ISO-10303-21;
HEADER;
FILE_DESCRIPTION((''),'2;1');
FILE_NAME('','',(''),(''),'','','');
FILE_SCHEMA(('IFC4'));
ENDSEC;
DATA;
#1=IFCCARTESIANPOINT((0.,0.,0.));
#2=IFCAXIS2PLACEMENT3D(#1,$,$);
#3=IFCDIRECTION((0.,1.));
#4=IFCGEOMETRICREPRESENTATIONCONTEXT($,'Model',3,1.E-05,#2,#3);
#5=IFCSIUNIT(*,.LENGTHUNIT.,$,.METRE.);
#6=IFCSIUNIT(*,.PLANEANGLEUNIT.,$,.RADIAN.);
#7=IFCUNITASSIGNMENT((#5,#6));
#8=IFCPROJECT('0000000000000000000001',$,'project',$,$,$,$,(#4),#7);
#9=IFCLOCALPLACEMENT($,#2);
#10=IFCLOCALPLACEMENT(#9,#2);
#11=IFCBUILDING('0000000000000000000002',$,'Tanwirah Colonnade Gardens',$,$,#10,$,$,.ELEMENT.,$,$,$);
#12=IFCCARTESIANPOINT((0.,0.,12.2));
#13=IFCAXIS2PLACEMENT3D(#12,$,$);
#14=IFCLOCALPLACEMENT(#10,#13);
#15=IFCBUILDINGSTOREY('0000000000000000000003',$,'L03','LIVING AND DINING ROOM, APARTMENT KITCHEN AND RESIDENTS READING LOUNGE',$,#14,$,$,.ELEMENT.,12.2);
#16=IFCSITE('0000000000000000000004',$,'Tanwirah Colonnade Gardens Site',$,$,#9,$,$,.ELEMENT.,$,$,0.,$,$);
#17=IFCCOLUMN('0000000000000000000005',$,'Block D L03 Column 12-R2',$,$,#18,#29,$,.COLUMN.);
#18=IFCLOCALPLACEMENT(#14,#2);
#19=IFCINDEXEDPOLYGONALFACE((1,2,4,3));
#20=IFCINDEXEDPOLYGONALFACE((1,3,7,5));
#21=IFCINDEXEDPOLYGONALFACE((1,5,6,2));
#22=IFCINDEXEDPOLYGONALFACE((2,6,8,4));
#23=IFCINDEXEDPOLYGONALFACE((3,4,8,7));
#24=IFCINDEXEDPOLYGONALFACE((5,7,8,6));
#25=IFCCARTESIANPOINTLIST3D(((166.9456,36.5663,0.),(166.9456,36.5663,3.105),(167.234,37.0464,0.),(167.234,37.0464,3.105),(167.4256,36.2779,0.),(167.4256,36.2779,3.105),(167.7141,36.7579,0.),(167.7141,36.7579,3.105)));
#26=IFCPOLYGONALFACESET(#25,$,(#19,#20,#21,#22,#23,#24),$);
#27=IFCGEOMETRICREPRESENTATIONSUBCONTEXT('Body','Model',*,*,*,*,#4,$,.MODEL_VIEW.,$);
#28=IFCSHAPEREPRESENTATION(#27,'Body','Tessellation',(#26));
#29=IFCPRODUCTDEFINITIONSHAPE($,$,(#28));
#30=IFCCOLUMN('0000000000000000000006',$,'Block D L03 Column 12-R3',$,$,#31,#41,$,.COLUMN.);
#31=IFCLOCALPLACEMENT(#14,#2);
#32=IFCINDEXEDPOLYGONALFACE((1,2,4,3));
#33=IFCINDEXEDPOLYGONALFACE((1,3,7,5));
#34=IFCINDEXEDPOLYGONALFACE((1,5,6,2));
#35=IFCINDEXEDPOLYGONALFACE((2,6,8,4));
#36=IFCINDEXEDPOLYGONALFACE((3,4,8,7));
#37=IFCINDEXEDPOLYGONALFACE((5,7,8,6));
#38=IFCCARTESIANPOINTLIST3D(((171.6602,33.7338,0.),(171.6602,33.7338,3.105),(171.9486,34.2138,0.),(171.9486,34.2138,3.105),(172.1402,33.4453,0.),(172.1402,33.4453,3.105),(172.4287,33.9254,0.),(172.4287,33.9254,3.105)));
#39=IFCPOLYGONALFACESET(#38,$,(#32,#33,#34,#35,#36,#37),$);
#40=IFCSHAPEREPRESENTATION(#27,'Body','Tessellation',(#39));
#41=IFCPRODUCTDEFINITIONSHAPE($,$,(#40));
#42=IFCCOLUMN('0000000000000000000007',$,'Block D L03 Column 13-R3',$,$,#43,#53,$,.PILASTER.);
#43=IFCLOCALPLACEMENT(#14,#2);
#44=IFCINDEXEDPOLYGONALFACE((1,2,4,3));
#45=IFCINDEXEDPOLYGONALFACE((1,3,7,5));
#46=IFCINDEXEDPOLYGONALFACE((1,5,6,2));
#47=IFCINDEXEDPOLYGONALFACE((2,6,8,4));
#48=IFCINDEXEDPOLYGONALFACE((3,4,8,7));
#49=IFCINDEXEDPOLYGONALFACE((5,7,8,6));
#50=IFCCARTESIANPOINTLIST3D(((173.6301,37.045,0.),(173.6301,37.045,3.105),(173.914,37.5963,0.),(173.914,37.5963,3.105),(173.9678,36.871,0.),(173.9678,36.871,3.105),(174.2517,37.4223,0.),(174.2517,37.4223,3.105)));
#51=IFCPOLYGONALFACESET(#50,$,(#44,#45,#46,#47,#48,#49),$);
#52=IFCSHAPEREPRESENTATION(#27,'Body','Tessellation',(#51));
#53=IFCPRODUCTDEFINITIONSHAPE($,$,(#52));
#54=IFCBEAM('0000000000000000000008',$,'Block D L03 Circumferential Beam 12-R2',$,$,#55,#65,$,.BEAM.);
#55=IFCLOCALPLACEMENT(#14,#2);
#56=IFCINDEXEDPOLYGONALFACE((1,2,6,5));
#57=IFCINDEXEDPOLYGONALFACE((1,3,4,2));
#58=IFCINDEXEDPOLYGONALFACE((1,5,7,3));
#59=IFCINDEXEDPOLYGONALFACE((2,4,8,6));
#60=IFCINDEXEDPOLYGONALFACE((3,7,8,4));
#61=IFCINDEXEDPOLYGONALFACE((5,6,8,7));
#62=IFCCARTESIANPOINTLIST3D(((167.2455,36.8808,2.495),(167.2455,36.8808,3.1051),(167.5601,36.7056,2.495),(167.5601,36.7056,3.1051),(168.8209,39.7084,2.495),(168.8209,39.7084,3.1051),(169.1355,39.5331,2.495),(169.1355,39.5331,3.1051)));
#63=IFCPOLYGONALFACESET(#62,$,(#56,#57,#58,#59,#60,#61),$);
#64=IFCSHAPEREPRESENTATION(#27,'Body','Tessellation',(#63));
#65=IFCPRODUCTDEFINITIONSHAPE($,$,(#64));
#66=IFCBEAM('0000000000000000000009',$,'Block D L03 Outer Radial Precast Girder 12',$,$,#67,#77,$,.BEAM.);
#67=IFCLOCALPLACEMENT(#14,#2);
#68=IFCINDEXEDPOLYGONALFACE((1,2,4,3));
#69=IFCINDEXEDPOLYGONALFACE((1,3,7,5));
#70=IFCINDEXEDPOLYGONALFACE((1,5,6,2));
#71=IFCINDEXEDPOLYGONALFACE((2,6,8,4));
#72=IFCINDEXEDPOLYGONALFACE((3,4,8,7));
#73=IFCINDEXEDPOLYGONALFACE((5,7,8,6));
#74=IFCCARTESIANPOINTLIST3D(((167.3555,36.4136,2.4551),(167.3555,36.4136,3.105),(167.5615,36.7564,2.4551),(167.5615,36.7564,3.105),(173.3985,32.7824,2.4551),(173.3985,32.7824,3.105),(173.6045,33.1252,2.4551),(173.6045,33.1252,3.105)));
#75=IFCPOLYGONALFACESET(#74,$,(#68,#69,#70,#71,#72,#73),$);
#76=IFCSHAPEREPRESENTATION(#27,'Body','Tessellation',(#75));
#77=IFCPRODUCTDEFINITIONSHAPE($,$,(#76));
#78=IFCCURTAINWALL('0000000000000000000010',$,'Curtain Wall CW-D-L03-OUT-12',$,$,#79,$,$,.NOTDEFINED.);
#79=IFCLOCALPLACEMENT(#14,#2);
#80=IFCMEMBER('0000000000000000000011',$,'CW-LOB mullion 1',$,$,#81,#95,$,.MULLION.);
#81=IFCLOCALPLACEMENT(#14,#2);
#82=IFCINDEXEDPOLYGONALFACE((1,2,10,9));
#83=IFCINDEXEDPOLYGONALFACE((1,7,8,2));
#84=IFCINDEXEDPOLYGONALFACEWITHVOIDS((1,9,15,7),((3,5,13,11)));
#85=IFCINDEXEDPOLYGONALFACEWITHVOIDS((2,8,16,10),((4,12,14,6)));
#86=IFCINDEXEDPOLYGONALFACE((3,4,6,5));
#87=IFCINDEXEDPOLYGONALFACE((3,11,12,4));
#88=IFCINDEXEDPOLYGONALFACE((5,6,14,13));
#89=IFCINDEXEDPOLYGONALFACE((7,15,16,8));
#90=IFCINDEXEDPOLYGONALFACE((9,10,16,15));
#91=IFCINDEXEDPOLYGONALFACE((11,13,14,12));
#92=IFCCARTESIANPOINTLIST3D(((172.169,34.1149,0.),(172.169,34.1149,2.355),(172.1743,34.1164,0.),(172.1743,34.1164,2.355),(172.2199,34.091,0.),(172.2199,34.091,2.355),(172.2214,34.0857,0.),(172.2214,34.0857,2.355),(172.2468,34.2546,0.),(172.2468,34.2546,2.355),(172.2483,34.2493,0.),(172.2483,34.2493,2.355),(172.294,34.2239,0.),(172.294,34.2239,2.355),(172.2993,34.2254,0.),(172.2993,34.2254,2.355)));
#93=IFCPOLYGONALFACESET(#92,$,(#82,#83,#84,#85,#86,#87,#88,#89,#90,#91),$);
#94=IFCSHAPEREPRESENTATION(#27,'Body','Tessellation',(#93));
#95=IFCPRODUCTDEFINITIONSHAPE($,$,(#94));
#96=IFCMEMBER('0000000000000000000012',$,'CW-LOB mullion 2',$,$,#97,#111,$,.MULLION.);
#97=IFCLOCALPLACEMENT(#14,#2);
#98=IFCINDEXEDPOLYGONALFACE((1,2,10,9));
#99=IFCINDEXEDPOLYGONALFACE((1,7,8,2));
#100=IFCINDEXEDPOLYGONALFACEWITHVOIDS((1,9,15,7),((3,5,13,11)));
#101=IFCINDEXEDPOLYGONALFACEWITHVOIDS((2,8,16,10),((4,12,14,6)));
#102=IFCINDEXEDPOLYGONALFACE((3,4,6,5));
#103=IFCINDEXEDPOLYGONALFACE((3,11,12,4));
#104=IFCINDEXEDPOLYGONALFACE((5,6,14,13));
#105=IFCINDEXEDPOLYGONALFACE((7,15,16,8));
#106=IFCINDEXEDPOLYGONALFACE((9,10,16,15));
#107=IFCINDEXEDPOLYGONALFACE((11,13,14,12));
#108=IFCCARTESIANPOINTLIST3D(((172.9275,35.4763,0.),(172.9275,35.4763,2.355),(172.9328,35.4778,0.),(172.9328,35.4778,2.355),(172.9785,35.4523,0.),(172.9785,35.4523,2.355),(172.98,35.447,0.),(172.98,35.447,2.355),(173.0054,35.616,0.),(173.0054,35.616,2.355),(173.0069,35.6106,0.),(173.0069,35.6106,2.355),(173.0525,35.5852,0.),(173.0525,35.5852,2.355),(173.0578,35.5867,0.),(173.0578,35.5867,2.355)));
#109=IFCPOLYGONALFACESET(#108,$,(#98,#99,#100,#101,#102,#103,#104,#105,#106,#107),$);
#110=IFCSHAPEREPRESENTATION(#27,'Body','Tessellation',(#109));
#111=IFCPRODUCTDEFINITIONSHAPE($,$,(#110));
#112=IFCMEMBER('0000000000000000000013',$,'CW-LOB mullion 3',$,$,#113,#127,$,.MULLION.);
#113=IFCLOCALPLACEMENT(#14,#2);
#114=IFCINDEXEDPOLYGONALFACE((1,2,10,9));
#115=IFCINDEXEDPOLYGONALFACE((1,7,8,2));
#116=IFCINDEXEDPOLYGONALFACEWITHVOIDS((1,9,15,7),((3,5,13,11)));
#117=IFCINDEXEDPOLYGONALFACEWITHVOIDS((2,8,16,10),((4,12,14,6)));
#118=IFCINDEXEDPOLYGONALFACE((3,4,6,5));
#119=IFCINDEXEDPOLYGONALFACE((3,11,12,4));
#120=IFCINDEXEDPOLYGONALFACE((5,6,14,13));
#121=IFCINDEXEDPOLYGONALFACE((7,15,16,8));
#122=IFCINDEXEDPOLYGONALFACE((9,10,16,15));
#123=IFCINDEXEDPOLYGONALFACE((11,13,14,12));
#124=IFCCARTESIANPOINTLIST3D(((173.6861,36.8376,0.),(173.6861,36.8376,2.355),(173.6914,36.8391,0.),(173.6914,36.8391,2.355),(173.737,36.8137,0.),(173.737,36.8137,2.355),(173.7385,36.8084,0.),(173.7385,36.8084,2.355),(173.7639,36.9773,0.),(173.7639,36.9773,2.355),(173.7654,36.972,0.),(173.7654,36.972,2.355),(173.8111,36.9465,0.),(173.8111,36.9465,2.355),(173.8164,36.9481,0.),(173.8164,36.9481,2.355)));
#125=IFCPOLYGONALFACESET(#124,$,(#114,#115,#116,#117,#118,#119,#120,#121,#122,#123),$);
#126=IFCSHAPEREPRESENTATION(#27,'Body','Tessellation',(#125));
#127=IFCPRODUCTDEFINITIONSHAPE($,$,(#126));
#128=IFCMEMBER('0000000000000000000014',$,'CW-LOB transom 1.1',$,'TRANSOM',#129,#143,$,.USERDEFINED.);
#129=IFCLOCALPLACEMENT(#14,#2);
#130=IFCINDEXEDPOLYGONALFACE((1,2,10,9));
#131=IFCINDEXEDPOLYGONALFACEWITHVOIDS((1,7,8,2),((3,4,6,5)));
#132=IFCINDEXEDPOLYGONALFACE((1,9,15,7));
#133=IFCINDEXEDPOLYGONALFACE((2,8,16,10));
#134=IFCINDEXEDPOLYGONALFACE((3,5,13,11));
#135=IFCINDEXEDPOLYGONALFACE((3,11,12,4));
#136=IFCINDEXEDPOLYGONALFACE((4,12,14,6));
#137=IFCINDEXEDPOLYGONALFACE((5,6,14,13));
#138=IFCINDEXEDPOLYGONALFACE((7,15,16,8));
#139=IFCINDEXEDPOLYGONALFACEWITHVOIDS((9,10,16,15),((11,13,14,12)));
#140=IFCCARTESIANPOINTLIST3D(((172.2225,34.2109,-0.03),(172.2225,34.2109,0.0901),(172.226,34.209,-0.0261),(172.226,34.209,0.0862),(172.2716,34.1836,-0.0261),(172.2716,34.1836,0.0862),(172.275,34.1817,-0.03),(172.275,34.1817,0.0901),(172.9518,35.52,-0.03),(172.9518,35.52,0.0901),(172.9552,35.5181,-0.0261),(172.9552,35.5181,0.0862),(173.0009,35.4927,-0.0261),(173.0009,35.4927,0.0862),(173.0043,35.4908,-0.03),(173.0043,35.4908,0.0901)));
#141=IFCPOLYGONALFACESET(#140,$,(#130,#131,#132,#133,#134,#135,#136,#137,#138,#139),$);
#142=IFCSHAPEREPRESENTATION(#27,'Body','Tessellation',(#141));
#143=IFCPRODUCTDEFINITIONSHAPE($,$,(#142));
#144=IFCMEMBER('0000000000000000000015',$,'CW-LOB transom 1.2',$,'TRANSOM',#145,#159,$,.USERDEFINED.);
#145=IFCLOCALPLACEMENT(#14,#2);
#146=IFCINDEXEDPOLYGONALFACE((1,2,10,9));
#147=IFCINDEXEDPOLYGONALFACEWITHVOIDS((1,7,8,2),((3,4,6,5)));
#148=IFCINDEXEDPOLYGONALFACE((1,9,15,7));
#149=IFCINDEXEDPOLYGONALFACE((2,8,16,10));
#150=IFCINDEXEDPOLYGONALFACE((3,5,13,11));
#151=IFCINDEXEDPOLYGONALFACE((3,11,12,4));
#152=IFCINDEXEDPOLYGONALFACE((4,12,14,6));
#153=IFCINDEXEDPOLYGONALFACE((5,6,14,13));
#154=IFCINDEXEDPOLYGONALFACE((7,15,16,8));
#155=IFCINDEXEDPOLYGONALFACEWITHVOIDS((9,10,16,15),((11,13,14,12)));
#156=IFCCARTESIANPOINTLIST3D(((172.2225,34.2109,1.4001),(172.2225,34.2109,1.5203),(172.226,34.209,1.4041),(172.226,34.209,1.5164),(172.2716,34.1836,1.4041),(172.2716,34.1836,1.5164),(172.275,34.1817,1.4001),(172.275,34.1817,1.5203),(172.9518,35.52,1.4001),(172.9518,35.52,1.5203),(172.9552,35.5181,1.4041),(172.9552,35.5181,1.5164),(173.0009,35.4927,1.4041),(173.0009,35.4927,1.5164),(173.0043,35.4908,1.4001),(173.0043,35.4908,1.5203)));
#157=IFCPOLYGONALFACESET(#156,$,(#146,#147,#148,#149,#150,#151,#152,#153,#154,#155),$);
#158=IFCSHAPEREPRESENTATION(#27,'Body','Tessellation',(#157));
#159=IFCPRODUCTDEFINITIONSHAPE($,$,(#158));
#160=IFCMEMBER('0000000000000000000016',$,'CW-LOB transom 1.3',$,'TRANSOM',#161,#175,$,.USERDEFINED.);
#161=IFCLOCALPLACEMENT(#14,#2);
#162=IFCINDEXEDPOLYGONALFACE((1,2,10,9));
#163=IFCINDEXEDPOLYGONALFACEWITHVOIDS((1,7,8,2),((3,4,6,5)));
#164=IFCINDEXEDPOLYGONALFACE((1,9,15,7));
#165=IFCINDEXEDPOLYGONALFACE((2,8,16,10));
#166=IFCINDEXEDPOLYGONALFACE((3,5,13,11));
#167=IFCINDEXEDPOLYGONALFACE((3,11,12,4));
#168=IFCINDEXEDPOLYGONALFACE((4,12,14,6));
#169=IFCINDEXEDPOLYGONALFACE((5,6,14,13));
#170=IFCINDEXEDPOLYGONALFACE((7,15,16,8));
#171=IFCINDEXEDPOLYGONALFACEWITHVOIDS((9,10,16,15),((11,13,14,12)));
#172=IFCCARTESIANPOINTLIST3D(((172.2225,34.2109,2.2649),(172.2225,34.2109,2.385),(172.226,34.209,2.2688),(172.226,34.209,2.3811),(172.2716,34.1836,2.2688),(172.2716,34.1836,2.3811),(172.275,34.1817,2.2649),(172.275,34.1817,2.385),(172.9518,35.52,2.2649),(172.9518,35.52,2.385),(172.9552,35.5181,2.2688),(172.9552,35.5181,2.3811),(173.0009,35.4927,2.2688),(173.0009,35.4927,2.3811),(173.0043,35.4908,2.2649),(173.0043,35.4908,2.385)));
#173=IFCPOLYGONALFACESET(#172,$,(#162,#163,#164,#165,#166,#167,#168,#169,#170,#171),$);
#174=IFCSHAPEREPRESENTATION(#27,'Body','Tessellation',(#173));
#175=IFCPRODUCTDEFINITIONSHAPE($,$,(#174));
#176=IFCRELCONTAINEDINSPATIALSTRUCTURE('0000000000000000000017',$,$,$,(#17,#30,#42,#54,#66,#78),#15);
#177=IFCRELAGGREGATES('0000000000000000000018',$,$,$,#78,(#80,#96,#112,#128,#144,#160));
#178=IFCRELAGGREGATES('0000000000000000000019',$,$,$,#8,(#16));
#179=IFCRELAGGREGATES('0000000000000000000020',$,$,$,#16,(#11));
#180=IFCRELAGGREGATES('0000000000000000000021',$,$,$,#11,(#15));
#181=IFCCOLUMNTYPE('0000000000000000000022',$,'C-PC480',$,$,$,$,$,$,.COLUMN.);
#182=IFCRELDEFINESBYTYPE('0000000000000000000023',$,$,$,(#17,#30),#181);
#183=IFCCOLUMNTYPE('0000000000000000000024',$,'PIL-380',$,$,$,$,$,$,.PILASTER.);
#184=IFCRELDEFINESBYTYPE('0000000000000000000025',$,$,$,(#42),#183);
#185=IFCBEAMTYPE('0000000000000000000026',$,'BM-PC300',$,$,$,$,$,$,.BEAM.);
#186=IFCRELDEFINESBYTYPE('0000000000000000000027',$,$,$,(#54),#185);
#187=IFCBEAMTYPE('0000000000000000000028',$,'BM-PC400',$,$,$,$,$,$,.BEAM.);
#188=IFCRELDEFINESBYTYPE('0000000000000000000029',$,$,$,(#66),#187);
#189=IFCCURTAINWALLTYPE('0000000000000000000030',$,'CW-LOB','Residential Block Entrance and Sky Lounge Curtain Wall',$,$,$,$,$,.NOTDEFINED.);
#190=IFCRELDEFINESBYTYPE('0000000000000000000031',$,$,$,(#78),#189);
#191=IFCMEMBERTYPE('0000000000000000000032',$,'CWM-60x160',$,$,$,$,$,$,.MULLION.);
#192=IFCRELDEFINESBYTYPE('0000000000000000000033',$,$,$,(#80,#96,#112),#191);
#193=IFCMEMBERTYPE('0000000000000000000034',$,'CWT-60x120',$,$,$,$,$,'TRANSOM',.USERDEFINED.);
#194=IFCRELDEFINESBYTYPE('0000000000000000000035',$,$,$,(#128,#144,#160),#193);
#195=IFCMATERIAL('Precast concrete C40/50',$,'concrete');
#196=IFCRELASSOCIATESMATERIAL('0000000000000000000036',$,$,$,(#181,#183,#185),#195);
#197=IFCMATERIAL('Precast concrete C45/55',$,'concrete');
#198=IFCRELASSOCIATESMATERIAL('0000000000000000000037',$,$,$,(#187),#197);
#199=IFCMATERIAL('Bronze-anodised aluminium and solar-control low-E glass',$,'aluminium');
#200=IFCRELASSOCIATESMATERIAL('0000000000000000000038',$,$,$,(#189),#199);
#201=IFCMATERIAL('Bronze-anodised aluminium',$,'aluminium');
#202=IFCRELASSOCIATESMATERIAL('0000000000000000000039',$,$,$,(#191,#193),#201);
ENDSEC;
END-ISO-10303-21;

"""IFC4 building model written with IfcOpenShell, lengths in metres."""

from ifc_helpers import new_model, si_unit, direction, frame, origin, origin_2d, place, context, subcontext, project, spatial, rectangle, hollow_rectangle, extrude, material, material_profile, profile_set, type_object, element, aggregate, save


model = new_model("IFC4")

# Units and contexts
model_context = context("Model", 3, precision=1e-05, world=origin(), true_north=direction((0.0, 1.0)))
body_context = subcontext(model_context, "Body", "Model", "MODEL_VIEW")
ifc_project = project(units=[si_unit("LENGTHUNIT", "METRE"), si_unit("PLANEANGLEUNIT", "RADIAN")], contexts=[model_context])

# Site, building, storey
site_placement = place(None, origin())
site = spatial("IfcSite", under=ifc_project, at=site_placement, Name="Tanwirah Colonnade Gardens Site", CompositionType="ELEMENT", RefElevation=0.0)
building_placement = place(site_placement, origin())
building = spatial("IfcBuilding", under=site, at=building_placement, Name="Tanwirah Colonnade Gardens", CompositionType="ELEMENT")
storey_placement = place(building_placement, frame((0.0, 0.0, 12.2)))
storey = spatial("IfcBuildingStorey", under=building, at=storey_placement, Name="L03", Description="LIVING AND DINING ROOM, APARTMENT KITCHEN AND RESIDENTS READING LOUNGE", CompositionType="ELEMENT", Elevation=12.2)

# Columns
ifc_material_1 = material(Name="Precast concrete C40/50", Category="concrete")
ifc_material_profile_1 = material_profile(ifc_material_1, rectangle(XDim=0.5601, YDim=0.5601, at=origin_2d()), Name="PC-COL 560x560")
ifc_profile_set_1 = profile_set([ifc_material_profile_1], Name="Precast concrete C40/50")
column_type_1 = type_object("IfcColumnType", Name="C-PC480", PredefinedType="COLUMN", material=ifc_profile_set_1)
for number, where, z_axis, x_axis, name in (
    (1, (167.3298, 36.6621, 0.0), (0.0, 0.0, 1.0), (0.857167, -0.515038, 0.0), "Block D L03 Column 12-R2"),
    (2, (172.0444, 33.8296, 0.0), (0.0, 0.0, 1.0), (0.857167, -0.515038, 0.0), "Block D L03 Column 12-R3"),
):
    element("IfcColumn", number, at=place(storey_placement, frame(where, z_axis=z_axis, x_axis=x_axis)), inside=storey, type_object=column_type_1, Name=name, PredefinedType="COLUMN", context=body_context, shape_type="SweptSolid", body=[
        extrude(rectangle(XDim=0.5601, YDim=0.5601, at=origin_2d()), origin(), (0.0, 0.0, 1.0), 3.105),
    ])
ifc_material_profile_2 = material_profile(ifc_material_1, rectangle(XDim=0.3799, YDim=0.6201, at=origin_2d()), Name="PC-PIL 380x620")
ifc_profile_set_2 = profile_set([ifc_material_profile_2], Name="Precast concrete C40/50")
column_type_2 = type_object("IfcColumnType", Name="PIL-380", PredefinedType="PILASTER", material=ifc_profile_set_2)
column_placement = place(storey_placement, frame((173.9409, 37.2336, 0.0), z_axis=(0.0, 0.0, 1.0), x_axis=(0.889017, -0.457874, 0.0)))
element("IfcColumn", 3, at=column_placement, inside=storey, type_object=column_type_2, Name="Block D L03 Column 13-R3", PredefinedType="PILASTER", context=body_context, shape_type="SweptSolid", body=[
    extrude(rectangle(XDim=0.3799, YDim=0.6201, at=origin_2d()), origin(), (0.0, 0.0, 1.0), 3.105),
])

# Beams
ifc_material_profile_3 = material_profile(ifc_material_1, rectangle(XDim=0.3601, YDim=0.6101, at=origin_2d()), Name="PC-BM 360x610")
ifc_profile_set_3 = profile_set([ifc_material_profile_3], Name="Precast concrete C40/50")
beam_type_1 = type_object("IfcBeamType", Name="BM-PC300", PredefinedType="BEAM", material=ifc_profile_set_3)
beam_1_placement = place(storey_placement, frame((167.4028, 36.7932, 2.8), z_axis=(0.486712, 0.873562, 0.0), x_axis=(-0.873562, 0.486712, 0.0)))
element("IfcBeam", 4, at=beam_1_placement, inside=storey, type_object=beam_type_1, Name="Block D L03 Circumferential Beam 12-R2", PredefinedType="BEAM", context=body_context, shape_type="SweptSolid", body=[
    extrude(rectangle(XDim=0.3601, YDim=0.6101, at=origin_2d()), origin(), (0.0, 0.0, 1.0), 3.2368),
])
ifc_material_2 = material(Name="Precast concrete C45/55", Category="concrete")
ifc_material_profile_4 = material_profile(ifc_material_2, rectangle(XDim=0.3999, YDim=0.6499, at=origin_2d()), Name="PC-BM 400x650")
ifc_profile_set_4 = profile_set([ifc_material_profile_4], Name="Precast concrete C45/55")
beam_type_2 = type_object("IfcBeamType", Name="BM-PC400", PredefinedType="BEAM", material=ifc_profile_set_4)
beam_2_placement = place(storey_placement, frame((167.4585, 36.585, 2.78), z_axis=(0.85716, -0.515051, 0.0), x_axis=(0.515051, 0.85716, 0.0)))
element("IfcBeam", 5, at=beam_2_placement, inside=storey, type_object=beam_type_2, Name="Block D L03 Outer Radial Precast Girder 12", PredefinedType="BEAM", context=body_context, shape_type="SweptSolid", body=[
    extrude(rectangle(XDim=0.3999, YDim=0.6499, at=origin_2d()), origin(), (0.0, 0.0, 1.0), 7.05),
])

# Curtain wall, members
ifc_material_3 = material(Name="Bronze-anodised aluminium and solar-control low-E glass", Category="aluminium")
curtain_wall_type = type_object("IfcCurtainWallType", Name="CW-LOB", Description="Residential Block Entrance and Sky Lounge Curtain Wall", PredefinedType="NOTDEFINED", material=ifc_material_3)
curtain_wall_placement = place(storey_placement, origin())
curtain_wall = element("IfcCurtainWall", 6, at=curtain_wall_placement, inside=storey, type_object=curtain_wall_type, Name="Curtain Wall CW-D-L03-OUT-12", PredefinedType="NOTDEFINED")
ifc_material_4 = material(Name="Bronze-anodised aluminium", Category="aluminium")
ifc_material_profile_5 = material_profile(ifc_material_4, hollow_rectangle(XDim=0.0601, YDim=0.1599, WallThickness=0.0039, at=origin_2d()), Name="CW-MUL 60x160x4")
ifc_profile_set_5 = profile_set([ifc_material_profile_5], Name="Bronze-anodised aluminium")
member_type_1 = type_object("IfcMemberType", Name="CWM-60x160", PredefinedType="MULLION", material=ifc_profile_set_5)
member_1_placement = place(storey_placement, frame((172.2341, 34.1702, 0.0), z_axis=(0.0, 0.0, 1.0), x_axis=(-0.873561, 0.486715, 0.0)))
member_1 = element("IfcMember", 7, at=member_1_placement, type_object=member_type_1, Name="CW-LOB mullion 1", PredefinedType="MULLION", context=body_context, shape_type="SweptSolid", body=[
    extrude(hollow_rectangle(XDim=0.0601, YDim=0.1599, WallThickness=0.0039, at=origin_2d()), origin(), (0.0, 0.0, 1.0), 2.355),
])
member_2_placement = place(storey_placement, frame((172.9927, 35.5315, 0.0), z_axis=(0.0, 0.0, 1.0), x_axis=(-0.873561, 0.486715, 0.0)))
member_2 = element("IfcMember", 8, at=member_2_placement, type_object=member_type_1, Name="CW-LOB mullion 2", PredefinedType="MULLION", context=body_context, shape_type="SweptSolid", body=[
    extrude(hollow_rectangle(XDim=0.0601, YDim=0.1599, WallThickness=0.0039, at=origin_2d()), origin(), (0.0, 0.0, 1.0), 2.355),
])
member_3_placement = place(storey_placement, frame((173.7512, 36.8928, 0.0), z_axis=(0.0, 0.0, 1.0), x_axis=(-0.873561, 0.486715, 0.0)))
member_3 = element("IfcMember", 9, at=member_3_placement, type_object=member_type_1, Name="CW-LOB mullion 3", PredefinedType="MULLION", context=body_context, shape_type="SweptSolid", body=[
    extrude(hollow_rectangle(XDim=0.0601, YDim=0.1599, WallThickness=0.0039, at=origin_2d()), origin(), (0.0, 0.0, 1.0), 2.355),
])
ifc_material_profile_6 = material_profile(ifc_material_4, hollow_rectangle(XDim=0.0601, YDim=0.1201, WallThickness=0.0039, at=origin_2d()), Name="CW-TRN 60x120x4")
ifc_profile_set_6 = profile_set([ifc_material_profile_6], Name="Bronze-anodised aluminium")
member_type_2 = type_object("IfcMemberType", Name="CWT-60x120", ElementType="TRANSOM", PredefinedType="USERDEFINED", material=ifc_profile_set_6)
member_4_placement = place(storey_placement, frame((172.2488, 34.1963, 0.03), z_axis=(0.486652, 0.873596, 0.0), x_axis=(-0.873596, 0.486652, 0.0)))
member_4 = element("IfcMember", 10, at=member_4_placement, type_object=member_type_2, Name="CW-LOB transom 1.1", ObjectType="TRANSOM", PredefinedType="USERDEFINED", context=body_context, shape_type="SweptSolid", body=[
    extrude(hollow_rectangle(XDim=0.0601, YDim=0.1201, WallThickness=0.0039, at=origin_2d()), origin(), (0.0, 0.0, 1.0), 1.4985),
])
member_5_placement = place(storey_placement, frame((172.2488, 34.1963, 1.4602), z_axis=(0.486652, 0.873596, 0.0), x_axis=(-0.873596, 0.486652, 0.0)))
member_5 = element("IfcMember", 11, at=member_5_placement, type_object=member_type_2, Name="CW-LOB transom 1.2", ObjectType="TRANSOM", PredefinedType="USERDEFINED", context=body_context, shape_type="SweptSolid", body=[
    extrude(hollow_rectangle(XDim=0.0601, YDim=0.1201, WallThickness=0.0039, at=origin_2d()), origin(), (0.0, 0.0, 1.0), 1.4985),
])
member_6_placement = place(storey_placement, frame((172.2488, 34.1963, 2.325), z_axis=(0.486652, 0.873596, 0.0), x_axis=(-0.873596, 0.486652, 0.0)))
member_6 = element("IfcMember", 12, at=member_6_placement, type_object=member_type_2, Name="CW-LOB transom 1.3", ObjectType="TRANSOM", PredefinedType="USERDEFINED", context=body_context, shape_type="SweptSolid", body=[
    extrude(hollow_rectangle(XDim=0.0601, YDim=0.1201, WallThickness=0.0039, at=origin_2d()), origin(), (0.0, 0.0, 1.0), 1.4985),
])

aggregate(curtain_wall, [member_1, member_2, member_3, member_4, member_5, member_6])

save(model, "model.ifc")
